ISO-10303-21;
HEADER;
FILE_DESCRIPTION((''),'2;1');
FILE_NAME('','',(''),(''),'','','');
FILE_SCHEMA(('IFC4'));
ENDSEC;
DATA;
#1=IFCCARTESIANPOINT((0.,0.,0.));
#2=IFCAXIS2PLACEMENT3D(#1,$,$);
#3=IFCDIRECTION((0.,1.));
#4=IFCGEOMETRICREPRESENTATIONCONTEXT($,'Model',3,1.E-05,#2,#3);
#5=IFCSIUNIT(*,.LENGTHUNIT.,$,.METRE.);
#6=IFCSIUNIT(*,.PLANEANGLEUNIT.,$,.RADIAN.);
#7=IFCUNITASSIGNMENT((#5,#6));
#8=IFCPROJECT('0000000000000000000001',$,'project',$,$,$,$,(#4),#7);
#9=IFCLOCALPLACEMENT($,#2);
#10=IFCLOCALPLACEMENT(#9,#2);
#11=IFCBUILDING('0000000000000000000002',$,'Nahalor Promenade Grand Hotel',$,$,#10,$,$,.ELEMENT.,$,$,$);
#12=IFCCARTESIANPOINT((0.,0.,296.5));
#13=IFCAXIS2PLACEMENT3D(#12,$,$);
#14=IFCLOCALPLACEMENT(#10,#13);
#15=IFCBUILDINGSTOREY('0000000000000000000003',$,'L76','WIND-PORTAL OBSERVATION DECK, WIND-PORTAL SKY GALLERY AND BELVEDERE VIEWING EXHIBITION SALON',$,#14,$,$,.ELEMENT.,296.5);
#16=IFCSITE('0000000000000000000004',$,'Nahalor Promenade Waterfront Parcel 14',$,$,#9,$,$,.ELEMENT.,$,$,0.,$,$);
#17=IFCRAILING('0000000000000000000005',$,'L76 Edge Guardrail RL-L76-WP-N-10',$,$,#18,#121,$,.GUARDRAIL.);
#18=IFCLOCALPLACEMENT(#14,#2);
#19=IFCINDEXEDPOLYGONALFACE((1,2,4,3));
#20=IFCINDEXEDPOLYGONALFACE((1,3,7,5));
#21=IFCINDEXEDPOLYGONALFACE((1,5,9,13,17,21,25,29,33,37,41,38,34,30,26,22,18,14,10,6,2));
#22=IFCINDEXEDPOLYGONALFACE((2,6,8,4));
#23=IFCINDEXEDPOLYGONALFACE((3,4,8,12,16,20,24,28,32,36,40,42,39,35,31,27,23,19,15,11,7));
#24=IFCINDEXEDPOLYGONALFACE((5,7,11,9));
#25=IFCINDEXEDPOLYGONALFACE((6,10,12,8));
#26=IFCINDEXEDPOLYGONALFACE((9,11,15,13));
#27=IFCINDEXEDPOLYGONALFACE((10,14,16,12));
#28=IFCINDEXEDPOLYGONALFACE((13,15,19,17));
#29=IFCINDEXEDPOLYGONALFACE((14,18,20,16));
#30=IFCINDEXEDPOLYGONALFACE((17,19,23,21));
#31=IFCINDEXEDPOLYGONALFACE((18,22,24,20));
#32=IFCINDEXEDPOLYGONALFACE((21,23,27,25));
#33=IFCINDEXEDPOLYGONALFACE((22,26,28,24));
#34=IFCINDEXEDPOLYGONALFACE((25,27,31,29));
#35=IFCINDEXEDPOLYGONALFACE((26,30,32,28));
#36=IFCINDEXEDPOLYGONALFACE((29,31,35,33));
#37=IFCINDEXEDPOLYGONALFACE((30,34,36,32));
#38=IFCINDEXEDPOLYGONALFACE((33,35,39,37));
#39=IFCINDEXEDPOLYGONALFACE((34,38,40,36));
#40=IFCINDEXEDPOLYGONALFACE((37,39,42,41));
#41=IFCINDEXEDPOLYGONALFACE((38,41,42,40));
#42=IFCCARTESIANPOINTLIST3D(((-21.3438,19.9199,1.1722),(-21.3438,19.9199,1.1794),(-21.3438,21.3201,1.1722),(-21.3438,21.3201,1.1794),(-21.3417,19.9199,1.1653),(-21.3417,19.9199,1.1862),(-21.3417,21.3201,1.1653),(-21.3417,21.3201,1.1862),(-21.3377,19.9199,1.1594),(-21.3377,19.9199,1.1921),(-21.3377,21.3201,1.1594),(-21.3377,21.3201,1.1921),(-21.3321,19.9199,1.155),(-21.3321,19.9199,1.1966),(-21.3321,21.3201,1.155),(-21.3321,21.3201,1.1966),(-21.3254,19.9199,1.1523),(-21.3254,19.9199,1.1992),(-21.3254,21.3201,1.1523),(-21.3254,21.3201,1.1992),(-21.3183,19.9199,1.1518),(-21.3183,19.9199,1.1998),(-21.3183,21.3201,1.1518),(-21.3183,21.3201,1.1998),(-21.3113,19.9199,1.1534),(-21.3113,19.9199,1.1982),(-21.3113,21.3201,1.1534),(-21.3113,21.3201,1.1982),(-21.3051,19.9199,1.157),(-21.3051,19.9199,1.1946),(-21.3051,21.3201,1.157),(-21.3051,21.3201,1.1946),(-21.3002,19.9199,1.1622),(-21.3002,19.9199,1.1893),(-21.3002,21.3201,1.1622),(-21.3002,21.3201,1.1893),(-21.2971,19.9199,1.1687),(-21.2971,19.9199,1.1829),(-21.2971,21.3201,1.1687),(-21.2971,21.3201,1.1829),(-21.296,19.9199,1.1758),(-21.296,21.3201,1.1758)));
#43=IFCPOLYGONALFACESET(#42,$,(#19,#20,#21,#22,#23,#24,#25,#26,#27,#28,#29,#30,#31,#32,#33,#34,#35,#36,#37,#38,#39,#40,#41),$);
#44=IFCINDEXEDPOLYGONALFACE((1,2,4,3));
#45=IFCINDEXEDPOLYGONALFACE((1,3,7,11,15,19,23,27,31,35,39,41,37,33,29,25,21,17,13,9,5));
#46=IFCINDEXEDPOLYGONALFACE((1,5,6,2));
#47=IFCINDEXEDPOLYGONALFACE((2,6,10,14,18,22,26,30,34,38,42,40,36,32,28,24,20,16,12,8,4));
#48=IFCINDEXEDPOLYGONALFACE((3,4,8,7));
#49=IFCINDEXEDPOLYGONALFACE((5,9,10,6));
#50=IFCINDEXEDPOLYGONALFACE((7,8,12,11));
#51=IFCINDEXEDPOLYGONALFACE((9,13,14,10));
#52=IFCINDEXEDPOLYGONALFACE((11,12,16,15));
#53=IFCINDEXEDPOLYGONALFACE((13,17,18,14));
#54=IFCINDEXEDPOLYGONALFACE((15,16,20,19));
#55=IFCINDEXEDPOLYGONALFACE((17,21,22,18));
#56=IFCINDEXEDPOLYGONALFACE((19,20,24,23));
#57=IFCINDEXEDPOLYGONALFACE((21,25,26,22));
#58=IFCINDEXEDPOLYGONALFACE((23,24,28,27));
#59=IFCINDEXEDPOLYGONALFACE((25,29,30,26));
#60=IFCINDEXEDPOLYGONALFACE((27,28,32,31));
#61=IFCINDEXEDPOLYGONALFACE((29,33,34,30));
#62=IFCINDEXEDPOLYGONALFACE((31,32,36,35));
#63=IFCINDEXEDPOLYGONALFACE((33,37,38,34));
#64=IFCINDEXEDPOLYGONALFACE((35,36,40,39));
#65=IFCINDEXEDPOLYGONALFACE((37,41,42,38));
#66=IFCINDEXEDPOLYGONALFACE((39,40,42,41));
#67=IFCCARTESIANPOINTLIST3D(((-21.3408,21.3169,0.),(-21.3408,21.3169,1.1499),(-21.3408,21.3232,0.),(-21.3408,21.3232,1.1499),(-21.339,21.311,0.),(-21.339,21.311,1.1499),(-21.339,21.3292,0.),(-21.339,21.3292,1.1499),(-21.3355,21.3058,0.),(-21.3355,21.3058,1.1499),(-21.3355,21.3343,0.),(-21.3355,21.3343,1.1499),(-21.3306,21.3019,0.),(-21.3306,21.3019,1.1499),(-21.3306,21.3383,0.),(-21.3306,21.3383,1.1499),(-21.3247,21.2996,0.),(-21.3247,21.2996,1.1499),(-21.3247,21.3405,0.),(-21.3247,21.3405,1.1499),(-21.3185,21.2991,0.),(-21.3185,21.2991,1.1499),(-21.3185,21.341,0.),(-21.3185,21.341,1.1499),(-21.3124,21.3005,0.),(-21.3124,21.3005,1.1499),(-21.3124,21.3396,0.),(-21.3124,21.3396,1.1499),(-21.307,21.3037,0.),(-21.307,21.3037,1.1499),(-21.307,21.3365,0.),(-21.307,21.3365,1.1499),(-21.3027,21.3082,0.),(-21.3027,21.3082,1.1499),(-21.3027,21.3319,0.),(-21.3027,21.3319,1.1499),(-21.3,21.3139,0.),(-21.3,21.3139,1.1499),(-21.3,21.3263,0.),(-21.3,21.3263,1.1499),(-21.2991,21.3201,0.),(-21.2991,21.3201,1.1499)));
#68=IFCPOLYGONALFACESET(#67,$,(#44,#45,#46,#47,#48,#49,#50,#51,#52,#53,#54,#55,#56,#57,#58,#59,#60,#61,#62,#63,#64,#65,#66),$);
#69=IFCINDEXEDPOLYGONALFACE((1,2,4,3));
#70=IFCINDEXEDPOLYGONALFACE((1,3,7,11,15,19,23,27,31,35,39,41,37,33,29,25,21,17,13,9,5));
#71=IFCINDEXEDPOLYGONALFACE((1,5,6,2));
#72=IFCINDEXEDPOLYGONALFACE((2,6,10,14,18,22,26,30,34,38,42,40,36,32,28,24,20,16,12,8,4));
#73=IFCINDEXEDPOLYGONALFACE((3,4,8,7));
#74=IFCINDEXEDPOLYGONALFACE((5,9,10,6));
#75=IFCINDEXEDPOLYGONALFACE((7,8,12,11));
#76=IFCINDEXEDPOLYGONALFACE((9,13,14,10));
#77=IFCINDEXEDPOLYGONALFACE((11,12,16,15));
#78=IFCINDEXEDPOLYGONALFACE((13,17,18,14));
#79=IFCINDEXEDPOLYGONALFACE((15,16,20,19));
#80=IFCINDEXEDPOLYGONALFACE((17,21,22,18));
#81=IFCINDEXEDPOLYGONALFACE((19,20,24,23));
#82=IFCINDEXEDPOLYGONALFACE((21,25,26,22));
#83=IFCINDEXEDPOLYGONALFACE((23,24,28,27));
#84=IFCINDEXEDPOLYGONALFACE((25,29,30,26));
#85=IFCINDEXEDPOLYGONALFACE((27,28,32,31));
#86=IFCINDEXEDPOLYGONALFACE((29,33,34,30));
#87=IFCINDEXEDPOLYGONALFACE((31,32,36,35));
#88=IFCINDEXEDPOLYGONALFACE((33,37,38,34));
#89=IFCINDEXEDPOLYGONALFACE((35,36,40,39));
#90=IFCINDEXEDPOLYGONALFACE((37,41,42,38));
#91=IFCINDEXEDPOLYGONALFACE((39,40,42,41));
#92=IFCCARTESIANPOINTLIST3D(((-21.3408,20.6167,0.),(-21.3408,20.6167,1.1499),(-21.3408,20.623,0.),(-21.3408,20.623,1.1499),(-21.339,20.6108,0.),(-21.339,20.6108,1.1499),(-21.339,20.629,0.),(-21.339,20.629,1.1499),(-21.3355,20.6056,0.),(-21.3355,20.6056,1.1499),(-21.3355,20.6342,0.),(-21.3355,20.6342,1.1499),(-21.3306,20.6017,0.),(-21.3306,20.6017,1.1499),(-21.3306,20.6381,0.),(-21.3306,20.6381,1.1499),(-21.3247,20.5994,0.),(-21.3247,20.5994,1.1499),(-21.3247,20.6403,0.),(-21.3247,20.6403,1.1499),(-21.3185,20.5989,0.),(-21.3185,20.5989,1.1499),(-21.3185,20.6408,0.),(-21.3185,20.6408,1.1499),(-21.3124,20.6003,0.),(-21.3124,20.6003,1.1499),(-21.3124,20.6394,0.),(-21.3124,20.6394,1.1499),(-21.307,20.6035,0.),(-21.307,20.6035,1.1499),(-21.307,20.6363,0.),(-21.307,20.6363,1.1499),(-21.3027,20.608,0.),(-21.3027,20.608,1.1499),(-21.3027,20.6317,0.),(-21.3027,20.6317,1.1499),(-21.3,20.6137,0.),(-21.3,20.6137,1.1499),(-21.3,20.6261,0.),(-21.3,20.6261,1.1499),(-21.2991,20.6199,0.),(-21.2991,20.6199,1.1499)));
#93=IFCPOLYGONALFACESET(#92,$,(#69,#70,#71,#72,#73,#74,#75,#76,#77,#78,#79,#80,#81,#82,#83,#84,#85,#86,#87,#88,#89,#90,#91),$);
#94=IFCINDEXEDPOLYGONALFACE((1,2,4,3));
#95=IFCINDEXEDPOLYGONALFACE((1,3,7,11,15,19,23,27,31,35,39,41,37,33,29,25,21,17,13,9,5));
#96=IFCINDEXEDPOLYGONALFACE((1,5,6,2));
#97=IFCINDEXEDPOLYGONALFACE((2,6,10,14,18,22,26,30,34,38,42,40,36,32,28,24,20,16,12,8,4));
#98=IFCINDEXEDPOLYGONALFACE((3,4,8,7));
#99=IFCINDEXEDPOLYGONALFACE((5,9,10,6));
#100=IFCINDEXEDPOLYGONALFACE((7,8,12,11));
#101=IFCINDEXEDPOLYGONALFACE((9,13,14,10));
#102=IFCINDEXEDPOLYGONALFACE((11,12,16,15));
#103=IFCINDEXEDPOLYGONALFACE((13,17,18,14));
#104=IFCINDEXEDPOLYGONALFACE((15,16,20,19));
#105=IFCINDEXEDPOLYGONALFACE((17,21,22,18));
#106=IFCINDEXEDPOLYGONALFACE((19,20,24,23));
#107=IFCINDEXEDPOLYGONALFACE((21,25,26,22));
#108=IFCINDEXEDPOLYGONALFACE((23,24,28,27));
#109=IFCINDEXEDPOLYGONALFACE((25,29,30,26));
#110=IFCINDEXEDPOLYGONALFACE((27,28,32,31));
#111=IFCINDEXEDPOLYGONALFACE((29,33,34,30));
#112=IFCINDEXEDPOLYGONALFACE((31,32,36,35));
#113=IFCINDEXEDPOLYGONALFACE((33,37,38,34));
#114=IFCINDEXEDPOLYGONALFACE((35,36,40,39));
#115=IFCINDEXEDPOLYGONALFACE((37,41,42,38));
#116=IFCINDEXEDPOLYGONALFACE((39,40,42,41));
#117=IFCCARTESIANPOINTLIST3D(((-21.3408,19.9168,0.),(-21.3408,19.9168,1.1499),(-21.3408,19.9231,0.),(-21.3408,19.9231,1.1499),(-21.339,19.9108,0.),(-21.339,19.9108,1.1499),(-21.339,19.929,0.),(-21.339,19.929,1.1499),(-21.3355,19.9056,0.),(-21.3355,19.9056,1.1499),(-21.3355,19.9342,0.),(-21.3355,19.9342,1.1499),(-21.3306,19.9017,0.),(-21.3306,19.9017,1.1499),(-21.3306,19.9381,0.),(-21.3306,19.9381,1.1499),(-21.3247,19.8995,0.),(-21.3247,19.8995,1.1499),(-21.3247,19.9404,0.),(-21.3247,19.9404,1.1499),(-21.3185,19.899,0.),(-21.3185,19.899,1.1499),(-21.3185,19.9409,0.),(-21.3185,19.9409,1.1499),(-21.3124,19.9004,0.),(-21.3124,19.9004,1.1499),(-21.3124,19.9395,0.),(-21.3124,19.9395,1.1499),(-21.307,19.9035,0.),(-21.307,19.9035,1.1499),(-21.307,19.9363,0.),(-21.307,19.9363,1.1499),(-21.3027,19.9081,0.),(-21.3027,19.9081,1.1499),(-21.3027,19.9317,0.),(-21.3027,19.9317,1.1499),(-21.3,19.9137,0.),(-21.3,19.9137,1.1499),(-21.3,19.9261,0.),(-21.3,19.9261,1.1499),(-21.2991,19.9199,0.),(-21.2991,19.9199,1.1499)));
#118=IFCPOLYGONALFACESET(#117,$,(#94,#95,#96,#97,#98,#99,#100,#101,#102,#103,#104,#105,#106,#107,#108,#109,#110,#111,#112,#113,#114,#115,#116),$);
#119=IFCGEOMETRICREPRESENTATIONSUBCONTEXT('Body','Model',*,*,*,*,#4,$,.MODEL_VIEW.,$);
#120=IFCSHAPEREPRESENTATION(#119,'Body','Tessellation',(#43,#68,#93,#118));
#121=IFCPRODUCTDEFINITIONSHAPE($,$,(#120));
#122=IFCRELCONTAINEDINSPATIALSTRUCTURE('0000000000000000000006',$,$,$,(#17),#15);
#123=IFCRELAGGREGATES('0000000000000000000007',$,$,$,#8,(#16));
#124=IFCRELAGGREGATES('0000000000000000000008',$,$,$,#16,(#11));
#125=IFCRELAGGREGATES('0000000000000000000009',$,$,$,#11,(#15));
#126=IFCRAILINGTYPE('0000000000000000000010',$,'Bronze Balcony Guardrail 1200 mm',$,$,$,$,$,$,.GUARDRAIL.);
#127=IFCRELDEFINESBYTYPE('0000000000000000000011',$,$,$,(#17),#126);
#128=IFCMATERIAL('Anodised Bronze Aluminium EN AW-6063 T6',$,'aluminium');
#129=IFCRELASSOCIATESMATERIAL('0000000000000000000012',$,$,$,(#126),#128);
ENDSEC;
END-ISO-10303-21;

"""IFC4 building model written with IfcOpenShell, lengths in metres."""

from ifc_helpers import new_model, si_unit, direction, frame, origin, origin_2d, place, context, subcontext, project, spatial, circle, extrude, material, type_object, element, save


model = new_model("IFC4")

# Units and contexts
model_context = context("Model", 3, precision=1e-05, world=origin(), true_north=direction((0.0, 1.0)))
body_context = subcontext(model_context, "Body", "Model", "MODEL_VIEW")
ifc_project = project(units=[si_unit("LENGTHUNIT", "METRE"), si_unit("PLANEANGLEUNIT", "RADIAN")], contexts=[model_context])

# Site, building, storey
site_placement = place(None, origin())
site = spatial("IfcSite", under=ifc_project, at=site_placement, Name="Nahalor Promenade Waterfront Parcel 14", CompositionType="ELEMENT", RefElevation=0.0)
building_placement = place(site_placement, origin())
building = spatial("IfcBuilding", under=site, at=building_placement, Name="Nahalor Promenade Grand Hotel", CompositionType="ELEMENT")
storey_placement = place(building_placement, frame((0.0, 0.0, 296.5)))
storey = spatial("IfcBuildingStorey", under=building, at=storey_placement, Name="L76", Description="WIND-PORTAL OBSERVATION DECK, WIND-PORTAL SKY GALLERY AND BELVEDERE VIEWING EXHIBITION SALON", CompositionType="ELEMENT", Elevation=296.5)

# Railing
ifc_material_1 = material(Name="Anodised Bronze Aluminium EN AW-6063 T6", Category="aluminium")
railing_type = type_object("IfcRailingType", Name="Bronze Balcony Guardrail 1200 mm", PredefinedType="GUARDRAIL", material=ifc_material_1)
railing_1_placement = place(storey_placement, frame((-21.3201, 21.3201, 0.0)))
element("IfcRailing", 1, at=railing_1_placement, inside=storey, type_object=railing_type, Name="L76 Edge Guardrail RL-L76-WP-N-10", PredefinedType="GUARDRAIL", context=body_context, shape_type="SweptSolid", body=[
    extrude(circle(Radius=0.024, at=origin_2d()), frame((0.0, 0.0, 1.1758), z_axis=(0.0, -1.0, 0.0), x_axis=(1.0, 0.0, 0.0)), (0.0, 0.0, 1.0), 1.4001),
    extrude(circle(Radius=0.021, at=origin_2d()), origin(), (0.0, 0.0, 1.0), 1.1499),
    extrude(circle(Radius=0.021, at=origin_2d()), frame((0.0, -0.7002, 0.0)), (0.0, 0.0, 1.0), 1.1499),
    extrude(circle(Radius=0.021, at=origin_2d()), frame((0.0, -1.4001, 0.0)), (0.0, 0.0, 1.0), 1.1499),
])

save(model, "model.ifc")
